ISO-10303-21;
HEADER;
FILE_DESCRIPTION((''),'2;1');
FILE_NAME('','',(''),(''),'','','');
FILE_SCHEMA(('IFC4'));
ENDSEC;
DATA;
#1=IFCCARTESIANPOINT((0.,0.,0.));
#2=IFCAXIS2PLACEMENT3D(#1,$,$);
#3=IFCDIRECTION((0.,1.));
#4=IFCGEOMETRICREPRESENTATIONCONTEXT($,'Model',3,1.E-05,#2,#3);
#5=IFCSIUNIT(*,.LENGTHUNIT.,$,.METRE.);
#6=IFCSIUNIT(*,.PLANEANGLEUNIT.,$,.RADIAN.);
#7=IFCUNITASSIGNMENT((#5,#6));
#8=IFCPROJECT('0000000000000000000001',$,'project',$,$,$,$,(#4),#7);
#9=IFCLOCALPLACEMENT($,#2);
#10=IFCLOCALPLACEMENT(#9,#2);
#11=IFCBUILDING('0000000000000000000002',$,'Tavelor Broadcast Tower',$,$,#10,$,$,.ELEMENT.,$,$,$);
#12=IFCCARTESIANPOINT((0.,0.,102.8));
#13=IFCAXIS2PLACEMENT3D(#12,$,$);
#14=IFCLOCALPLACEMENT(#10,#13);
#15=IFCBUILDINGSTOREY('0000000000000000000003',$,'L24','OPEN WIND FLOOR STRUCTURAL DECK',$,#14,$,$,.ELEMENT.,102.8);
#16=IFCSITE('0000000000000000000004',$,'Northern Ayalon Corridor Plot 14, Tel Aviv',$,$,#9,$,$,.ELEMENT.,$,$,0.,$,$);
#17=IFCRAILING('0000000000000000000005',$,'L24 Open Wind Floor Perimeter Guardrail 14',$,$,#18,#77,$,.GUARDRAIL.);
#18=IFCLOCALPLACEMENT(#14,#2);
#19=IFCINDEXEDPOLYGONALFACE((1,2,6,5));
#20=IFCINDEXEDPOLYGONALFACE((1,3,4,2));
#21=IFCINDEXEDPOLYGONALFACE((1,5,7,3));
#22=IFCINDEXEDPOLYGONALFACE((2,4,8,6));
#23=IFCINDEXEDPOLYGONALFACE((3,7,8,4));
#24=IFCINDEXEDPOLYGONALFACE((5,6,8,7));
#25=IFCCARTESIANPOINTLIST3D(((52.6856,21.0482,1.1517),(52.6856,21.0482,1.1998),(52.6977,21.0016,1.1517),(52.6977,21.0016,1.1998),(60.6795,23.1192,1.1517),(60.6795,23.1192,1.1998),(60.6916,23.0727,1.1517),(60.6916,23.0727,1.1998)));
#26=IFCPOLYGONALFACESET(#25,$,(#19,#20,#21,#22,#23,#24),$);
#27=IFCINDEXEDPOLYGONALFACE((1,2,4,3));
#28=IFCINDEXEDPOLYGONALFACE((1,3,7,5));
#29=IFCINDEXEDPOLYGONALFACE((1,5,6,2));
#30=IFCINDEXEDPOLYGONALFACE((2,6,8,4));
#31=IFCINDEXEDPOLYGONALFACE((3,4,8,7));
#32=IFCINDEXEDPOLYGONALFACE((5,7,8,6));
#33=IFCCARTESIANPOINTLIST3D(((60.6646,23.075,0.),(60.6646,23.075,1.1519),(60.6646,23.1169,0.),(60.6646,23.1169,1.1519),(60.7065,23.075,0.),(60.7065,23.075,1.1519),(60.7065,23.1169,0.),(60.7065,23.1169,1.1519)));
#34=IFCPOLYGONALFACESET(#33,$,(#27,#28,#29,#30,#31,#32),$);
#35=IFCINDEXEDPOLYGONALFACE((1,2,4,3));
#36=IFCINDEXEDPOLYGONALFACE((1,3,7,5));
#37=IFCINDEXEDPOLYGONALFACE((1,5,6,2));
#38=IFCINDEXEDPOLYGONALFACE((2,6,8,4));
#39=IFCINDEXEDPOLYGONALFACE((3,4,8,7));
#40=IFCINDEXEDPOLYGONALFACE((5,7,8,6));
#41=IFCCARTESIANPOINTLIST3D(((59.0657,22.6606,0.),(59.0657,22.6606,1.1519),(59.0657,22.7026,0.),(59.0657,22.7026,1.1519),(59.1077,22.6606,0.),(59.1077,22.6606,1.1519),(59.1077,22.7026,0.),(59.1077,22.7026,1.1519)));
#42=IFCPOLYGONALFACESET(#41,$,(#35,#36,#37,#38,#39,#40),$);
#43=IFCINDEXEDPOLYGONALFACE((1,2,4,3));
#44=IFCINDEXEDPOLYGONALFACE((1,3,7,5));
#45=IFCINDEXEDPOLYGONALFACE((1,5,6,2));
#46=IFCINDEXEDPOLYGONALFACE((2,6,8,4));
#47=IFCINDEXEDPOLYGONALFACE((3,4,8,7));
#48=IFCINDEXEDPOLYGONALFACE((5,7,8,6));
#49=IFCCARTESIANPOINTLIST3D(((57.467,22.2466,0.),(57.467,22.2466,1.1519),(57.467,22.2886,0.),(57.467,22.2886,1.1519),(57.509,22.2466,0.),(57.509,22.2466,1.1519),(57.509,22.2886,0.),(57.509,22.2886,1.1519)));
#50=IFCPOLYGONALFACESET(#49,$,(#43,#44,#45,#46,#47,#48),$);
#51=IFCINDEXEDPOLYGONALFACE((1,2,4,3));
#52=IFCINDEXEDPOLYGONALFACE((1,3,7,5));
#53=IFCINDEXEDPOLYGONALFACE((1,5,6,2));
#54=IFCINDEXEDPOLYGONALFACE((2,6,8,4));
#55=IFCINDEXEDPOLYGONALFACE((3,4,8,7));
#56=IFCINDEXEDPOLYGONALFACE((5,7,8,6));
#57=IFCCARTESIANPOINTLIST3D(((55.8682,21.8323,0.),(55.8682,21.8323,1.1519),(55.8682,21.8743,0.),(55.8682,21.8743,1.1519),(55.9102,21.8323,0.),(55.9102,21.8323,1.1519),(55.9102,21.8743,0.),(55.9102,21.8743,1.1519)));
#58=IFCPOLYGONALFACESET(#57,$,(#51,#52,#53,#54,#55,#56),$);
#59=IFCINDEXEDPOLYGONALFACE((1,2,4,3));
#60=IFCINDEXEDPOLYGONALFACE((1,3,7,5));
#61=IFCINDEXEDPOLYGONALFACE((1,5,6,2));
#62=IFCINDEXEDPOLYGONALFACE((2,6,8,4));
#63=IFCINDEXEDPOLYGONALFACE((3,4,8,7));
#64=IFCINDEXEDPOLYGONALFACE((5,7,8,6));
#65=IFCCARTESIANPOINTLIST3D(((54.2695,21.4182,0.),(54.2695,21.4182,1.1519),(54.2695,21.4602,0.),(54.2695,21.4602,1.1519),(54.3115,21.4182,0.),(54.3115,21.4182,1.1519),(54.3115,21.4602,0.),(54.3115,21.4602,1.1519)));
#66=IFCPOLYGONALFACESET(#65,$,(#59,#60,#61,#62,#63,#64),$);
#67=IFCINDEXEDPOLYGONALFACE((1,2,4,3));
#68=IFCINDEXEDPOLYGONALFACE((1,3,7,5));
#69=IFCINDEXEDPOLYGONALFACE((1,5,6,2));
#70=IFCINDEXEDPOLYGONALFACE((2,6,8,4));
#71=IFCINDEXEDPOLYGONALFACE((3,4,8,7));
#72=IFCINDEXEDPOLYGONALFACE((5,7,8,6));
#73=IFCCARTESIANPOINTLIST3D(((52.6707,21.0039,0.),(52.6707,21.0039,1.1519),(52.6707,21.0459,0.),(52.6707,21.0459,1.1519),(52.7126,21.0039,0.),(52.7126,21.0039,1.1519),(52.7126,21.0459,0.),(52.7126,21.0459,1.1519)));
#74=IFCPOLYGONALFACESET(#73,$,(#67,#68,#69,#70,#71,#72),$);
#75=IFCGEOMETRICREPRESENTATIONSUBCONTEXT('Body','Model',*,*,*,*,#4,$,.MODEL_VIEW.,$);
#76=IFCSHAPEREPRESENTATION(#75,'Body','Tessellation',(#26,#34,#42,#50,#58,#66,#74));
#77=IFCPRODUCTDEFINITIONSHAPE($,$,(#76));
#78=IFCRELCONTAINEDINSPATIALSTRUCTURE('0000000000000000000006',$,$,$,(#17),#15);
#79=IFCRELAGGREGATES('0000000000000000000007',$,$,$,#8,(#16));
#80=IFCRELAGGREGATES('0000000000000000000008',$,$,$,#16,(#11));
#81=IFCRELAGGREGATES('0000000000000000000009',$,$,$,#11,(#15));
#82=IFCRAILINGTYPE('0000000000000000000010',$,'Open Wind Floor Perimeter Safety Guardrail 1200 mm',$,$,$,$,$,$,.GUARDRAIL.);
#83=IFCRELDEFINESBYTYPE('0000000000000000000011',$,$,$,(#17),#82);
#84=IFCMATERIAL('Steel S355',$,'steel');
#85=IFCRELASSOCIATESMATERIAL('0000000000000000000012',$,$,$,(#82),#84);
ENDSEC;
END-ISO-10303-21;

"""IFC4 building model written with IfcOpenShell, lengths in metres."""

from ifc_helpers import new_model, si_unit, direction, frame, origin, origin_2d, place, context, subcontext, project, spatial, rectangle, extrude, material, type_object, element, save


model = new_model("IFC4")

# Units and contexts
model_context = context("Model", 3, precision=1e-05, world=origin(), true_north=direction((0.0, 1.0)))
body_context = subcontext(model_context, "Body", "Model", "MODEL_VIEW")
ifc_project = project(units=[si_unit("LENGTHUNIT", "METRE"), si_unit("PLANEANGLEUNIT", "RADIAN")], contexts=[model_context])

# Site, building, storey
site_placement = place(None, origin())
site = spatial("IfcSite", under=ifc_project, at=site_placement, Name="Northern Ayalon Corridor Plot 14, Tel Aviv", CompositionType="ELEMENT", RefElevation=0.0)
building_placement = place(site_placement, origin())
building = spatial("IfcBuilding", under=site, at=building_placement, Name="Tavelor Broadcast Tower", CompositionType="ELEMENT")
storey_placement = place(building_placement, frame((0.0, 0.0, 102.8)))
storey = spatial("IfcBuildingStorey", under=building, at=storey_placement, Name="L24", Description="OPEN WIND FLOOR STRUCTURAL DECK", CompositionType="ELEMENT", Elevation=102.8)

# Railing
ifc_material_1 = material(Name="Steel S355", Category="steel")
railing_type = type_object("IfcRailingType", Name="Open Wind Floor Perimeter Safety Guardrail 1200 mm", PredefinedType="GUARDRAIL", material=ifc_material_1)
railing_1_placement = place(storey_placement, frame((60.6855, 23.0959, 0.0)))
element("IfcRailing", 1, at=railing_1_placement, inside=storey, type_object=railing_type, Name="L24 Open Wind Floor Perimeter Guardrail 14", PredefinedType="GUARDRAIL", context=body_context, shape_type="SweptSolid", body=[
    extrude(rectangle(XDim=0.0481, YDim=0.0481, at=origin_2d()), frame((0.0, 0.0, 1.1758), z_axis=(-0.968039, -0.250798, 0.0), x_axis=(0.250798, -0.968039, 0.0)), (0.0, 0.0, 1.0), 8.2578),
    extrude(rectangle(XDim=0.042, YDim=0.042, at=origin_2d()), origin(), (0.0, 0.0, 1.0), 1.1519),
    extrude(rectangle(XDim=0.042, YDim=0.042, at=origin_2d()), frame((-1.5989, -0.4143, 0.0)), (0.0, 0.0, 1.0), 1.1519),
    extrude(rectangle(XDim=0.042, YDim=0.042, at=origin_2d()), frame((-3.1975, -0.8284, 0.0)), (0.0, 0.0, 1.0), 1.1519),
    extrude(rectangle(XDim=0.042, YDim=0.042, at=origin_2d()), frame((-4.7964, -1.2427, 0.0)), (0.0, 0.0, 1.0), 1.1519),
    extrude(rectangle(XDim=0.042, YDim=0.042, at=origin_2d()), frame((-6.395, -1.6567, 0.0)), (0.0, 0.0, 1.0), 1.1519),
    extrude(rectangle(XDim=0.042, YDim=0.042, at=origin_2d()), frame((-7.9939, -2.071, 0.0)), (0.0, 0.0, 1.0), 1.1519),
])

save(model, "model.ifc")
